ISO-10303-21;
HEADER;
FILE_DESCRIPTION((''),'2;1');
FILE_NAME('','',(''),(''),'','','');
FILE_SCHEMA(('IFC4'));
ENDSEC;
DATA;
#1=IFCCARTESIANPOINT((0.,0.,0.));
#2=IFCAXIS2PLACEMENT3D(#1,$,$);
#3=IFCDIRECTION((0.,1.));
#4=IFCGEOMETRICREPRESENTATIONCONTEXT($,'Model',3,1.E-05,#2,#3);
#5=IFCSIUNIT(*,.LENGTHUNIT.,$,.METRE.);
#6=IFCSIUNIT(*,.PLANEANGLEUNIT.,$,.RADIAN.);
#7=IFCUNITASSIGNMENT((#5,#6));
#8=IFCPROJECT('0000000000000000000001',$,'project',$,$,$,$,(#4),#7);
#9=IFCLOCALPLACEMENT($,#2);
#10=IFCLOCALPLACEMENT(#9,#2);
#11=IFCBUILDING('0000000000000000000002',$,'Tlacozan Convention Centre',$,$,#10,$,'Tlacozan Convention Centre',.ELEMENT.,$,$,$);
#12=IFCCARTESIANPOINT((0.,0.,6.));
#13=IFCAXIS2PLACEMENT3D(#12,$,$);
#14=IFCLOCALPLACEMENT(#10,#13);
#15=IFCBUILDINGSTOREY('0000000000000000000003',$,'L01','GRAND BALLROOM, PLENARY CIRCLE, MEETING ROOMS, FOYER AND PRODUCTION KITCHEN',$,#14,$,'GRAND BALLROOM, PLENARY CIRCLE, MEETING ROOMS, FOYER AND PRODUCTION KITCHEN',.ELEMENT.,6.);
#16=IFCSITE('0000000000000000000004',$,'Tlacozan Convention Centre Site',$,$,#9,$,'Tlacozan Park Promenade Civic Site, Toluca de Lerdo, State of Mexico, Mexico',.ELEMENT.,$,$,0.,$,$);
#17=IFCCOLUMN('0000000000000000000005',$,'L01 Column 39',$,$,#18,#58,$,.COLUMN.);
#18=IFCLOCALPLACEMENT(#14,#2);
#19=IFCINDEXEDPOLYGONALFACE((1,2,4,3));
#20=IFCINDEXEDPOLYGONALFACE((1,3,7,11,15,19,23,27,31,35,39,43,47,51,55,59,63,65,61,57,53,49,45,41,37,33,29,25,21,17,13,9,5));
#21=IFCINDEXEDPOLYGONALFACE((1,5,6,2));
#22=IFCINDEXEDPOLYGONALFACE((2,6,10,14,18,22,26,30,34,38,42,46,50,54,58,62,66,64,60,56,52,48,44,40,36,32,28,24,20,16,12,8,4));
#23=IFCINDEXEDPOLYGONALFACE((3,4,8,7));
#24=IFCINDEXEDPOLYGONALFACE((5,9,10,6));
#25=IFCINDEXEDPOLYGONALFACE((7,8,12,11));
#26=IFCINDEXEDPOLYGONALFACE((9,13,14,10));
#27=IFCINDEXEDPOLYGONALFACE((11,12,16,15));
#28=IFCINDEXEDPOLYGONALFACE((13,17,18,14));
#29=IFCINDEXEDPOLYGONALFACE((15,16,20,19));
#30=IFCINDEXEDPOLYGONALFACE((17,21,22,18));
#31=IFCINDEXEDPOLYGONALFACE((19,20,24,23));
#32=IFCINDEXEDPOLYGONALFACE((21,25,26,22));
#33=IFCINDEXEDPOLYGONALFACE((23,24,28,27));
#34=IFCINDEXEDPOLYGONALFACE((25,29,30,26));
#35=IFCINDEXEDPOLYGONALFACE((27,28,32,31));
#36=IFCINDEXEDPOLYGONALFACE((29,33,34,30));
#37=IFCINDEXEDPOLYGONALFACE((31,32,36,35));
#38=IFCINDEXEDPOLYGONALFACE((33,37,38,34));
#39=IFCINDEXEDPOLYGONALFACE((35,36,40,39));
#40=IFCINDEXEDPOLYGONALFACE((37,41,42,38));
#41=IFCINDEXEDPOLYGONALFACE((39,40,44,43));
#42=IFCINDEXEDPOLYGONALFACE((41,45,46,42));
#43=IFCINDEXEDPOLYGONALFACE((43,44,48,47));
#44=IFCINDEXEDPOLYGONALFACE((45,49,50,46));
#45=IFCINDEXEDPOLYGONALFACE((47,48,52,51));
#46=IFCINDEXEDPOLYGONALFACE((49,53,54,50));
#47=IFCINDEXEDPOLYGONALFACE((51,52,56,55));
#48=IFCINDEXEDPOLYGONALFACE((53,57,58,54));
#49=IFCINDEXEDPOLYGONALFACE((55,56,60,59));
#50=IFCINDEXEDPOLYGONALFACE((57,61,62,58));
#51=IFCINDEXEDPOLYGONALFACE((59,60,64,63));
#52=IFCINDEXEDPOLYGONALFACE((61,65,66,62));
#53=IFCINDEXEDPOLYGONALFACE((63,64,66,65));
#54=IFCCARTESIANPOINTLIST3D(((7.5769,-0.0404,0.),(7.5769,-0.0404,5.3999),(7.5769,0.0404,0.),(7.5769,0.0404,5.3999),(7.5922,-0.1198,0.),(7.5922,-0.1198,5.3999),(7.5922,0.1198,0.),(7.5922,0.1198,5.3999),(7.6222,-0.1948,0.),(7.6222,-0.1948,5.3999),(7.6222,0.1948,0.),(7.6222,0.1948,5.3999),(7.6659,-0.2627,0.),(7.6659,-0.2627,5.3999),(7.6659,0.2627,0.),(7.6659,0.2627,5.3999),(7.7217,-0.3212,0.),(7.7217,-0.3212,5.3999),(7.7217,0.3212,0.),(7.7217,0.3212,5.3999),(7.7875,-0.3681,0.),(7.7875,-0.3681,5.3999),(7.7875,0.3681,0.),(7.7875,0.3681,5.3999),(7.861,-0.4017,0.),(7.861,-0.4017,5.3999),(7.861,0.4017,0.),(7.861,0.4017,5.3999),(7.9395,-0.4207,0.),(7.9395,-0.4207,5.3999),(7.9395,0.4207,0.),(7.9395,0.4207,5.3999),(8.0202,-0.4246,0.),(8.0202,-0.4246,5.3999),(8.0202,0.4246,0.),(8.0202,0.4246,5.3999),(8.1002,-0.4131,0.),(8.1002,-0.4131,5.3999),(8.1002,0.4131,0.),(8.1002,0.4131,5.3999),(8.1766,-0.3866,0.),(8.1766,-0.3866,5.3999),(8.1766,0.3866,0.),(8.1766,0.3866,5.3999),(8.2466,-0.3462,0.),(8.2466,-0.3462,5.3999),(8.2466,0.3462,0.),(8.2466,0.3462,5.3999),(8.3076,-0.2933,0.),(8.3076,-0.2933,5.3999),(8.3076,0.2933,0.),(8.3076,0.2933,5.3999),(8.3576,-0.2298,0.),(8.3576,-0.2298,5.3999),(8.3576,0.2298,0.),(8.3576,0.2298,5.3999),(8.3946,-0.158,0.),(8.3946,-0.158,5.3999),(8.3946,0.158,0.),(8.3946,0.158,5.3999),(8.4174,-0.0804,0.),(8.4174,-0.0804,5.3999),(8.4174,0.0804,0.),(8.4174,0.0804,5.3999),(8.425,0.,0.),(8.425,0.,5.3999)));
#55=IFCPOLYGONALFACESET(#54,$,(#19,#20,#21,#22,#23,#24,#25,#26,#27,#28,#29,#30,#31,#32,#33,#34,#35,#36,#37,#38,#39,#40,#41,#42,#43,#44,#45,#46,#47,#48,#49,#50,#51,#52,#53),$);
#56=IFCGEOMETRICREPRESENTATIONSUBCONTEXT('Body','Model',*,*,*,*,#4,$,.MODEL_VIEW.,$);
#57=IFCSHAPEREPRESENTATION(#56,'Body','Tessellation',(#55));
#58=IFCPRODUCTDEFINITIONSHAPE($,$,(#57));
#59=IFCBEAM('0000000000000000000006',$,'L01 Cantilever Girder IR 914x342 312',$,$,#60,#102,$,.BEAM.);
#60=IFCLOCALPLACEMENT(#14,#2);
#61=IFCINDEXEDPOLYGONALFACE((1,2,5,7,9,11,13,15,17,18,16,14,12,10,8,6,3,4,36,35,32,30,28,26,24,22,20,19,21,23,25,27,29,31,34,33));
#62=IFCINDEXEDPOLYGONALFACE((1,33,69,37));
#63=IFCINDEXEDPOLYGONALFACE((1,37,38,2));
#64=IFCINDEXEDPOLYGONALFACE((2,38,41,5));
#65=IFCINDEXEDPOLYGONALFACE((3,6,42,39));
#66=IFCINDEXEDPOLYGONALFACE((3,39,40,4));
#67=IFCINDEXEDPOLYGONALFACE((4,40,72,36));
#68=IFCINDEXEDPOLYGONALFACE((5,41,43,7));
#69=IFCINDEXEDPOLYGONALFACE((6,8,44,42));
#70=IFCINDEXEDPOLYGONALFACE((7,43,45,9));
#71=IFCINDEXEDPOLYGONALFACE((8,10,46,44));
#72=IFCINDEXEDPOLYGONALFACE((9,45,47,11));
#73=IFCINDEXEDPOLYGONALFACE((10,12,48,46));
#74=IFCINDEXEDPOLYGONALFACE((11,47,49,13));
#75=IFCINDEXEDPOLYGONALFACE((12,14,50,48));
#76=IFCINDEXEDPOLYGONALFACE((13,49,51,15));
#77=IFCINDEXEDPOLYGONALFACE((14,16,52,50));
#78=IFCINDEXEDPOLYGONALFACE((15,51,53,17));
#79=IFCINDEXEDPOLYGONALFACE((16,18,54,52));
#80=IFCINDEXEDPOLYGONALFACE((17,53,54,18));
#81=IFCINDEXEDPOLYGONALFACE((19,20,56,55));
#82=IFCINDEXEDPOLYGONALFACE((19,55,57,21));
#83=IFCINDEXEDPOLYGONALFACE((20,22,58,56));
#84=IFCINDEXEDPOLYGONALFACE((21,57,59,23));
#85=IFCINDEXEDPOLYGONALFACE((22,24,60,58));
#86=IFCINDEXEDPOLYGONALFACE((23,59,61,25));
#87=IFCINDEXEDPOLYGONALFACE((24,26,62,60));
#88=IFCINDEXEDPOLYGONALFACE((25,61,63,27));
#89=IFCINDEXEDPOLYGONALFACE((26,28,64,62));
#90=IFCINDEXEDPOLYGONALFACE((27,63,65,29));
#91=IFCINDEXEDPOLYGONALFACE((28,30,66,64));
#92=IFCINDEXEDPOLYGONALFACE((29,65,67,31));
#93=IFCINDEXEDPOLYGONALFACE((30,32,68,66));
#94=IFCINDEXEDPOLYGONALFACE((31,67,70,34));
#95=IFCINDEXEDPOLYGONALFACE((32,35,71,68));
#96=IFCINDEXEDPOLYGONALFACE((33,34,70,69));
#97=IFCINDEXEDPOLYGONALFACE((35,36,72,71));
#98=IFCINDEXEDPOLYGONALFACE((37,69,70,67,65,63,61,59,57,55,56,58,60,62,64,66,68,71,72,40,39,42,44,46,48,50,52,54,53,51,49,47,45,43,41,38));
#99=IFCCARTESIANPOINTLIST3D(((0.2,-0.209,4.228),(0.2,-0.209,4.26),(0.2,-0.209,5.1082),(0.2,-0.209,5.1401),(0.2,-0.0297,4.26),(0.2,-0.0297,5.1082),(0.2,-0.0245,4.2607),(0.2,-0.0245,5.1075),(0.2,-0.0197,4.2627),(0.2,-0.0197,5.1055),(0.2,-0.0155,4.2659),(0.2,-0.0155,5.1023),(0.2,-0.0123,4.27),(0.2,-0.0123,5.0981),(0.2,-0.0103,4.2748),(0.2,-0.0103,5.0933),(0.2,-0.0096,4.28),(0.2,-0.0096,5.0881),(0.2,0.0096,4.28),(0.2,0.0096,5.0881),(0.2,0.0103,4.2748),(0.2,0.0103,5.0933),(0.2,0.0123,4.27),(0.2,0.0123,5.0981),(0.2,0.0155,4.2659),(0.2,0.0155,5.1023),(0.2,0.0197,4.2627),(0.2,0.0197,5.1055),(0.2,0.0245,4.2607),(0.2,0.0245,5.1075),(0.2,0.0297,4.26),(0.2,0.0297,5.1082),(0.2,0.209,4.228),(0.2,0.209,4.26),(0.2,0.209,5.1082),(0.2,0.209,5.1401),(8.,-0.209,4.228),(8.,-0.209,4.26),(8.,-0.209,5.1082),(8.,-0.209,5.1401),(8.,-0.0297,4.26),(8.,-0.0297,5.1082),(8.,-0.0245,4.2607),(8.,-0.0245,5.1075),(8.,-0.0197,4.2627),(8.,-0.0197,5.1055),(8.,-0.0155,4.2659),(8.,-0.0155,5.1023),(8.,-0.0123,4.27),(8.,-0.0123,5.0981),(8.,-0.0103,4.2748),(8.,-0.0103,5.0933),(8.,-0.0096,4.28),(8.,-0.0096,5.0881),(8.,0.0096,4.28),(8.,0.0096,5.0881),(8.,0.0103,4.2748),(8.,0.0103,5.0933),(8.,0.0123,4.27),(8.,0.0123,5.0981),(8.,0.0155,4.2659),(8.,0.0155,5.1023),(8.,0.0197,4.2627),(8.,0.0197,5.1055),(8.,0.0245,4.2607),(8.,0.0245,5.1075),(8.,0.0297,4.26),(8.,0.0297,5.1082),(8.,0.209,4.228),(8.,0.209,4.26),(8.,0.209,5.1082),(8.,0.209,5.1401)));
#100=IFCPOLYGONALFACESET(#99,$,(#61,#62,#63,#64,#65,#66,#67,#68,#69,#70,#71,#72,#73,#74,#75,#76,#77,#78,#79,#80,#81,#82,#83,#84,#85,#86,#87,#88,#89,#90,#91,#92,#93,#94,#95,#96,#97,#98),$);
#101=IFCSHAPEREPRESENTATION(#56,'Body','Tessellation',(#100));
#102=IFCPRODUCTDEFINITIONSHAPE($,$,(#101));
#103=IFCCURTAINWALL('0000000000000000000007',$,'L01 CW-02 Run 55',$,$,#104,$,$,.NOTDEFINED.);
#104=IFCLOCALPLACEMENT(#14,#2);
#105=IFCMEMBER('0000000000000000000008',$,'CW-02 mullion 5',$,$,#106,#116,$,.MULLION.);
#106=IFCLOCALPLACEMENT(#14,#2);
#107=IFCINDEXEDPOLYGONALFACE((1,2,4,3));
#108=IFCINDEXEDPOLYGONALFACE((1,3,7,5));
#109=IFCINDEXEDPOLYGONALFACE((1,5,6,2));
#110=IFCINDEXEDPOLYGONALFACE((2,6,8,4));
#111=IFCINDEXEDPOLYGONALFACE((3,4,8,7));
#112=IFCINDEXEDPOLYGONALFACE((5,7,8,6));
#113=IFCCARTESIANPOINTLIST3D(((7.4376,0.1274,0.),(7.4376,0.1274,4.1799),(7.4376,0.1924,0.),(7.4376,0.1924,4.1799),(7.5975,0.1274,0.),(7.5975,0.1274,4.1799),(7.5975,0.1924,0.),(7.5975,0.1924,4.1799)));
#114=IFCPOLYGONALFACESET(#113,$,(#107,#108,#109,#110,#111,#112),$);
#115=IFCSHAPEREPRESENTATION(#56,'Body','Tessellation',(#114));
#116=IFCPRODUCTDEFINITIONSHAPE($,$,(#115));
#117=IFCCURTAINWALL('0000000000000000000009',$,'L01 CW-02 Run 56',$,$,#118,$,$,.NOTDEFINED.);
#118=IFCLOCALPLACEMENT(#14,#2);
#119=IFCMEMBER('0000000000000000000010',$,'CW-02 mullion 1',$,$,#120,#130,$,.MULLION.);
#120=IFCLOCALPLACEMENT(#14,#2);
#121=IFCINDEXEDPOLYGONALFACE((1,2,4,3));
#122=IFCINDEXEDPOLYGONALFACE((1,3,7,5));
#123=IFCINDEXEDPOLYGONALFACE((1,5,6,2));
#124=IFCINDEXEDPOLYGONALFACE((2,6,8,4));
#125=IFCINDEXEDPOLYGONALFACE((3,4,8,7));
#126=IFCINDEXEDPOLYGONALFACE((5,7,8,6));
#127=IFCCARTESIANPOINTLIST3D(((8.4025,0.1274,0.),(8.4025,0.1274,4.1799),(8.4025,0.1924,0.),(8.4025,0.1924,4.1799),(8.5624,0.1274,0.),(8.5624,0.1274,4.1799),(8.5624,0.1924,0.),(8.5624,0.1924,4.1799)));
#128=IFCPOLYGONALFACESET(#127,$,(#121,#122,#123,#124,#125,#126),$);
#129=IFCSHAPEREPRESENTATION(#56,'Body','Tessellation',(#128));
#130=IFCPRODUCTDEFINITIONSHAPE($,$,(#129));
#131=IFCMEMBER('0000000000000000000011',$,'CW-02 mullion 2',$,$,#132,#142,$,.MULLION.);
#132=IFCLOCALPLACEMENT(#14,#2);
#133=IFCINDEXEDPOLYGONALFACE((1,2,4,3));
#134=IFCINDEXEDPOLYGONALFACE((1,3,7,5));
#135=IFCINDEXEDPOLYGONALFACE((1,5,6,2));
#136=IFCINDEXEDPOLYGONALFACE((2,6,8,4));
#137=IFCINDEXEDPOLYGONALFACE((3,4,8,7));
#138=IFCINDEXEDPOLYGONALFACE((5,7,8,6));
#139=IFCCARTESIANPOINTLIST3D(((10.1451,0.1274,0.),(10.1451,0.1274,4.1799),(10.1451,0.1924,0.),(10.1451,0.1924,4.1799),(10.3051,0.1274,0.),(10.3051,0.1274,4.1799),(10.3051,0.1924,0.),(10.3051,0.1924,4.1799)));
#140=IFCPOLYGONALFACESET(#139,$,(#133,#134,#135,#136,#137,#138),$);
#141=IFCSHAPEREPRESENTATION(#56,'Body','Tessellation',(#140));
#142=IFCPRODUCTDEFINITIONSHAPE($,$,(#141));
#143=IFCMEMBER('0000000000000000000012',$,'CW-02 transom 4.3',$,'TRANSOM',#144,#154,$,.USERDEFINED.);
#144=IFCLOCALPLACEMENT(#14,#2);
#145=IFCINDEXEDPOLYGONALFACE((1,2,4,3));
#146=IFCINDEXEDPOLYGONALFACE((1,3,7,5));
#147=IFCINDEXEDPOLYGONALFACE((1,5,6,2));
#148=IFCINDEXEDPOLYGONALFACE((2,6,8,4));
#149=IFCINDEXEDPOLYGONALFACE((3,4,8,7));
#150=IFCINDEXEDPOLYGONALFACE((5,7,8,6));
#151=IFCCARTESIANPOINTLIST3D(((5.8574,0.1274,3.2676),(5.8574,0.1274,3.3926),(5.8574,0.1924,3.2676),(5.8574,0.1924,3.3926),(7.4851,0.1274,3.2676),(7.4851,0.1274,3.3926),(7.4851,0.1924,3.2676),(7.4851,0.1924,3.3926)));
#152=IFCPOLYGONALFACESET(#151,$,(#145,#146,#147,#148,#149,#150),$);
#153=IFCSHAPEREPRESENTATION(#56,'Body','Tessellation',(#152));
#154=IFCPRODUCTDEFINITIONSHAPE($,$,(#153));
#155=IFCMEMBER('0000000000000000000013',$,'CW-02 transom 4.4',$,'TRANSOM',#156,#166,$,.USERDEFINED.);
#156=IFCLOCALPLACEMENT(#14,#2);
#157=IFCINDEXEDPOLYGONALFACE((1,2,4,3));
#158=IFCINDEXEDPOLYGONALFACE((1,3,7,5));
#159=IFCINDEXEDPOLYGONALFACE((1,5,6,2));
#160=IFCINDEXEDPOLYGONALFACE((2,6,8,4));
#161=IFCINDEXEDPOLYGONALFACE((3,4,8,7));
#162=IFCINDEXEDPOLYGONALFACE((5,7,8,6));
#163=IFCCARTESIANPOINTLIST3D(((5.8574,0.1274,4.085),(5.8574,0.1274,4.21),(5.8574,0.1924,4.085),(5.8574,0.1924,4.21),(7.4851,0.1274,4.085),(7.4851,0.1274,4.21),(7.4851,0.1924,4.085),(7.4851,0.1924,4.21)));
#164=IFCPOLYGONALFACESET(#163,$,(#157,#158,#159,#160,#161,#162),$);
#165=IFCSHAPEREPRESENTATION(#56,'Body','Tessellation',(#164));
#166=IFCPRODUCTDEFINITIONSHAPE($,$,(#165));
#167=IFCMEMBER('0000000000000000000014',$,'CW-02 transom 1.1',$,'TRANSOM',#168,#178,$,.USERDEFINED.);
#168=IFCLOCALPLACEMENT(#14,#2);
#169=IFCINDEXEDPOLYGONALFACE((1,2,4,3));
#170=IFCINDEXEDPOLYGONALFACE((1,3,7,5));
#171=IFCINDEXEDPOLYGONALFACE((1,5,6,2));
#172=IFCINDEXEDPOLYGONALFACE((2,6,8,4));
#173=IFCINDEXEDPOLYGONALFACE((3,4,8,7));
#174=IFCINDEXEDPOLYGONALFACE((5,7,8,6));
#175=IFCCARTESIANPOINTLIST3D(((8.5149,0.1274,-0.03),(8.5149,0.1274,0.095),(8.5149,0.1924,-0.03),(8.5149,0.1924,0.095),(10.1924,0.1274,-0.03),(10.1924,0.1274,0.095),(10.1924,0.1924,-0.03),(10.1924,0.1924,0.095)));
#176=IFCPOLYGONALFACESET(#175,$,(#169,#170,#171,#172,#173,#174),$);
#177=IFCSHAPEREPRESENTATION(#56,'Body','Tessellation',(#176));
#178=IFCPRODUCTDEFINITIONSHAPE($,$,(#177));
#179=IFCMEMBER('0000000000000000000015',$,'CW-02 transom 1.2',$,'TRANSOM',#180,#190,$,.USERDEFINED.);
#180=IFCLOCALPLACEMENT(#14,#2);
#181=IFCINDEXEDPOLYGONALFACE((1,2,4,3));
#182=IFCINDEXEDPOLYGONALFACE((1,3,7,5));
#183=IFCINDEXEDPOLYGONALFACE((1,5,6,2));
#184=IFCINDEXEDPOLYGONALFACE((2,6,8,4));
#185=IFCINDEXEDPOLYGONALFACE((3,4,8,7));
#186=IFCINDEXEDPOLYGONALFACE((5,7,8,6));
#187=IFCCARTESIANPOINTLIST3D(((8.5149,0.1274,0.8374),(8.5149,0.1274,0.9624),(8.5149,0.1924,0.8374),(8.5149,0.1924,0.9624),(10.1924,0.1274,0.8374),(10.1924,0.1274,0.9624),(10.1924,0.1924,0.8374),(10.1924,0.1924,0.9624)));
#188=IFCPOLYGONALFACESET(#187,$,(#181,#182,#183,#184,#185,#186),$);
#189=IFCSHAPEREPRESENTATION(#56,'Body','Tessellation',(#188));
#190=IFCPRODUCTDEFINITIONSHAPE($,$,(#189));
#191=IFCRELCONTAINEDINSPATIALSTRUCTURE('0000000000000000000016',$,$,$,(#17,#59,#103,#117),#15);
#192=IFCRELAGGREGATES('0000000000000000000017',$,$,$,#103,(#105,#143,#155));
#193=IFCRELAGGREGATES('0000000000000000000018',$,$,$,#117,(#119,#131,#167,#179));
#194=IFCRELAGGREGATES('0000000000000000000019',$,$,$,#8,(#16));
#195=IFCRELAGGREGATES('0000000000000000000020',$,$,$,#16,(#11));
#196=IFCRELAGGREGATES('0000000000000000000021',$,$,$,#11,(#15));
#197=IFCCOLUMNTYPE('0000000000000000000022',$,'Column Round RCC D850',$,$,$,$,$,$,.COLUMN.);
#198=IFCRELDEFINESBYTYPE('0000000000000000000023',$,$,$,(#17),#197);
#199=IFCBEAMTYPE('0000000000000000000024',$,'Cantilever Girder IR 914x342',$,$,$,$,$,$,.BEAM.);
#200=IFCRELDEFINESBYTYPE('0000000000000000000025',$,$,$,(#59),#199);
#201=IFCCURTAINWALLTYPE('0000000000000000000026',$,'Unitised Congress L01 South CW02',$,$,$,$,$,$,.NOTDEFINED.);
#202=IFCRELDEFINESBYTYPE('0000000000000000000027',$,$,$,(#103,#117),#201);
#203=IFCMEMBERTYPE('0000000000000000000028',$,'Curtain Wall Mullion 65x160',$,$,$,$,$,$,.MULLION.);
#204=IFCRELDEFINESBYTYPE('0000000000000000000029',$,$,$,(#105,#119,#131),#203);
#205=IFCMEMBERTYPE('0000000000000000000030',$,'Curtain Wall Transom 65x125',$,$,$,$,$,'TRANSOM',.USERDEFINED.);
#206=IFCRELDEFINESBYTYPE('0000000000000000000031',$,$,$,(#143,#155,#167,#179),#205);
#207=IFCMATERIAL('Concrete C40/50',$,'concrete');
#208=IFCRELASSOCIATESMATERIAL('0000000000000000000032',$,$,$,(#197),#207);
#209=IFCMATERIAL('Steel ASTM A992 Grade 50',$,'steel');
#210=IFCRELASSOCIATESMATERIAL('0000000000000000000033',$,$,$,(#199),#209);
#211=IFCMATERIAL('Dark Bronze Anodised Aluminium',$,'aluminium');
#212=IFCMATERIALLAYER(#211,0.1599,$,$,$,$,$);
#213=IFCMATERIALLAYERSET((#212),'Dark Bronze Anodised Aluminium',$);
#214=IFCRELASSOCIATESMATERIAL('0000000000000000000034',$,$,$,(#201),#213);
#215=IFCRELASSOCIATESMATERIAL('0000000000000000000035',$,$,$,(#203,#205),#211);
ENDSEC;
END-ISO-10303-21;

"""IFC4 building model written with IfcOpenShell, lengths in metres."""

from ifc_helpers import new_model, si_unit, direction, frame, origin, origin_2d, place, context, subcontext, project, spatial, rectangle, circle, i_section, extrude, material, layer, layer_set, material_profile, profile_set, type_object, element, aggregate, save


model = new_model("IFC4")

# Units and contexts
model_context = context("Model", 3, precision=1e-05, world=origin(), true_north=direction((0.0, 1.0)))
body_context = subcontext(model_context, "Body", "Model", "MODEL_VIEW")
ifc_project = project(units=[si_unit("LENGTHUNIT", "METRE"), si_unit("PLANEANGLEUNIT", "RADIAN")], contexts=[model_context])

# Site, building, storey
site_placement = place(None, origin())
site = spatial("IfcSite", under=ifc_project, at=site_placement, Name="Tlacozan Convention Centre Site", LongName="Tlacozan Park Promenade Civic Site, Toluca de Lerdo, State of Mexico, Mexico", CompositionType="ELEMENT", RefElevation=0.0)
building_placement = place(site_placement, origin())
building = spatial("IfcBuilding", under=site, at=building_placement, Name="Tlacozan Convention Centre", LongName="Tlacozan Convention Centre", CompositionType="ELEMENT")
storey_placement = place(building_placement, frame((0.0, 0.0, 6.0)))
storey = spatial("IfcBuildingStorey", under=building, at=storey_placement, Name="L01", Description="GRAND BALLROOM, PLENARY CIRCLE, MEETING ROOMS, FOYER AND PRODUCTION KITCHEN", LongName="GRAND BALLROOM, PLENARY CIRCLE, MEETING ROOMS, FOYER AND PRODUCTION KITCHEN", CompositionType="ELEMENT", Elevation=6.0)

# Column
ifc_material_1 = material(Name="Concrete C40/50", Category="concrete")
ifc_material_profile_1 = material_profile(ifc_material_1, circle(Radius=0.425, at=origin_2d()), Name="RCC D850")
ifc_profile_set_1 = profile_set([ifc_material_profile_1], Name="Concrete C40/50")
column_type = type_object("IfcColumnType", Name="Column Round RCC D850", PredefinedType="COLUMN", material=ifc_profile_set_1)
column_placement = place(storey_placement, frame((8.0, 0.0, 0.0), z_axis=(0.0, 0.0, 1.0), x_axis=(1.0, 0.0, 0.0)))
element("IfcColumn", 1, at=column_placement, inside=storey, type_object=column_type, Name="L01 Column 39", PredefinedType="COLUMN", context=body_context, shape_type="SweptSolid", body=[
    extrude(circle(Radius=0.425, at=origin_2d()), origin(), (0.0, 0.0, 1.0), 5.3999),
])

# Beam
ifc_material_2 = material(Name="Steel ASTM A992 Grade 50", Category="steel")
ifc_material_profile_2 = material_profile(ifc_material_2, i_section(OverallWidth=0.418, OverallDepth=0.9121, WebThickness=0.0193, FlangeThickness=0.032, FilletRadius=0.02, at=origin_2d()), Name="IR 914x342.0")
ifc_profile_set_2 = profile_set([ifc_material_profile_2], Name="Steel ASTM A992 Grade 50")
beam_type_1 = type_object("IfcBeamType", Name="Cantilever Girder IR 914x342", PredefinedType="BEAM", material=ifc_profile_set_2)
beam_1_placement = place(storey_placement, frame((8.0, 0.0, 4.6841), z_axis=(-1.0, 0.0, 0.0), x_axis=(0.0, -1.0, 0.0)))
element("IfcBeam", 2, at=beam_1_placement, inside=storey, type_object=beam_type_1, Name="L01 Cantilever Girder IR 914x342 312", PredefinedType="BEAM", context=body_context, shape_type="SweptSolid", body=[
    extrude(i_section(OverallWidth=0.418, OverallDepth=0.9121, WebThickness=0.0193, FlangeThickness=0.032, FilletRadius=0.02, at=origin_2d()), origin(), (0.0, 0.0, 1.0), 7.8),
])

# Curtain wall, member
ifc_material_3 = material(Name="Dark Bronze Anodised Aluminium", Category="aluminium")
ifc_layer_1 = layer(ifc_material_3, 0.1599)
ifc_layer_set_1 = layer_set([ifc_layer_1], Name="Dark Bronze Anodised Aluminium")
curtain_wall_type = type_object("IfcCurtainWallType", Name="Unitised Congress L01 South CW02", PredefinedType="NOTDEFINED", material=ifc_layer_set_1)
curtain_wall_1_placement = place(storey_placement, origin())
curtain_wall_1 = element("IfcCurtainWall", 3, at=curtain_wall_1_placement, inside=storey, type_object=curtain_wall_type, Name="L01 CW-02 Run 55", PredefinedType="NOTDEFINED")
ifc_material_profile_3 = material_profile(ifc_material_3, rectangle(XDim=0.0649, YDim=0.1599, at=origin_2d()), Name="ALU 65x160")
ifc_profile_set_3 = profile_set([ifc_material_profile_3], Name="Dark Bronze Anodised Aluminium")
member_type_1 = type_object("IfcMemberType", Name="Curtain Wall Mullion 65x160", PredefinedType="MULLION", material=ifc_profile_set_3)
member_1_placement = place(storey_placement, frame((7.5176, 0.1599, 0.0), z_axis=(0.0, 0.0, 1.0), x_axis=(0.0, 1.0, 0.0)))
member_1 = element("IfcMember", 4, at=member_1_placement, type_object=member_type_1, Name="CW-02 mullion 5", PredefinedType="MULLION", context=body_context, shape_type="SweptSolid", body=[
    extrude(rectangle(XDim=0.0649, YDim=0.1599, at=origin_2d()), origin(), (0.0, 0.0, 1.0), 4.1799),
])

# Curtain wall, members
curtain_wall_2_placement = place(storey_placement, origin())
curtain_wall_2 = element("IfcCurtainWall", 5, at=curtain_wall_2_placement, inside=storey, type_object=curtain_wall_type, Name="L01 CW-02 Run 56", PredefinedType="NOTDEFINED")
member_2_placement = place(storey_placement, frame((8.4824, 0.1599, 0.0), z_axis=(0.0, 0.0, 1.0), x_axis=(0.0, 1.0, 0.0)))
member_2 = element("IfcMember", 6, at=member_2_placement, type_object=member_type_1, Name="CW-02 mullion 1", PredefinedType="MULLION", context=body_context, shape_type="SweptSolid", body=[
    extrude(rectangle(XDim=0.0649, YDim=0.1599, at=origin_2d()), origin(), (0.0, 0.0, 1.0), 4.1799),
])
member_3_placement = place(storey_placement, frame((10.2251, 0.1599, 0.0), z_axis=(0.0, 0.0, 1.0), x_axis=(0.0, 1.0, 0.0)))
member_3 = element("IfcMember", 7, at=member_3_placement, type_object=member_type_1, Name="CW-02 mullion 2", PredefinedType="MULLION", context=body_context, shape_type="SweptSolid", body=[
    extrude(rectangle(XDim=0.0649, YDim=0.1599, at=origin_2d()), origin(), (0.0, 0.0, 1.0), 4.1799),
])

# Members
ifc_material_profile_4 = material_profile(ifc_material_3, rectangle(XDim=0.0649, YDim=0.125, at=origin_2d()), Name="ALU 65x125")
ifc_profile_set_4 = profile_set([ifc_material_profile_4], Name="Dark Bronze Anodised Aluminium")
member_type_2 = type_object("IfcMemberType", Name="Curtain Wall Transom 65x125", ElementType="TRANSOM", PredefinedType="USERDEFINED", material=ifc_profile_set_4)
member_4_placement = place(storey_placement, frame((5.8574, 0.1599, 3.3301), z_axis=(1.0, 0.0, 0.0), x_axis=(0.0, 1.0, 0.0)))
member_4 = element("IfcMember", 8, at=member_4_placement, type_object=member_type_2, Name="CW-02 transom 4.3", ObjectType="TRANSOM", PredefinedType="USERDEFINED", context=body_context, shape_type="SweptSolid", body=[
    extrude(rectangle(XDim=0.0649, YDim=0.125, at=origin_2d()), origin(), (0.0, 0.0, 1.0), 1.6277),
])
member_5_placement = place(storey_placement, frame((5.8574, 0.1599, 4.1475), z_axis=(1.0, 0.0, 0.0), x_axis=(0.0, 1.0, 0.0)))
member_5 = element("IfcMember", 9, at=member_5_placement, type_object=member_type_2, Name="CW-02 transom 4.4", ObjectType="TRANSOM", PredefinedType="USERDEFINED", context=body_context, shape_type="SweptSolid", body=[
    extrude(rectangle(XDim=0.0649, YDim=0.125, at=origin_2d()), origin(), (0.0, 0.0, 1.0), 1.6277),
])
member_6_placement = place(storey_placement, frame((8.5149, 0.1599, 0.0325), z_axis=(1.0, 0.0, 0.0), x_axis=(0.0, 1.0, 0.0)))
member_6 = element("IfcMember", 10, at=member_6_placement, type_object=member_type_2, Name="CW-02 transom 1.1", ObjectType="TRANSOM", PredefinedType="USERDEFINED", context=body_context, shape_type="SweptSolid", body=[
    extrude(rectangle(XDim=0.0649, YDim=0.125, at=origin_2d()), origin(), (0.0, 0.0, 1.0), 1.6775),
])
member_7_placement = place(storey_placement, frame((8.5149, 0.1599, 0.8999), z_axis=(1.0, 0.0, 0.0), x_axis=(0.0, 1.0, 0.0)))
member_7 = element("IfcMember", 11, at=member_7_placement, type_object=member_type_2, Name="CW-02 transom 1.2", ObjectType="TRANSOM", PredefinedType="USERDEFINED", context=body_context, shape_type="SweptSolid", body=[
    extrude(rectangle(XDim=0.0649, YDim=0.125, at=origin_2d()), origin(), (0.0, 0.0, 1.0), 1.6775),
])

aggregate(curtain_wall_1, [member_1, member_4, member_5])
aggregate(curtain_wall_2, [member_2, member_3, member_6, member_7])

save(model, "model.ifc")
